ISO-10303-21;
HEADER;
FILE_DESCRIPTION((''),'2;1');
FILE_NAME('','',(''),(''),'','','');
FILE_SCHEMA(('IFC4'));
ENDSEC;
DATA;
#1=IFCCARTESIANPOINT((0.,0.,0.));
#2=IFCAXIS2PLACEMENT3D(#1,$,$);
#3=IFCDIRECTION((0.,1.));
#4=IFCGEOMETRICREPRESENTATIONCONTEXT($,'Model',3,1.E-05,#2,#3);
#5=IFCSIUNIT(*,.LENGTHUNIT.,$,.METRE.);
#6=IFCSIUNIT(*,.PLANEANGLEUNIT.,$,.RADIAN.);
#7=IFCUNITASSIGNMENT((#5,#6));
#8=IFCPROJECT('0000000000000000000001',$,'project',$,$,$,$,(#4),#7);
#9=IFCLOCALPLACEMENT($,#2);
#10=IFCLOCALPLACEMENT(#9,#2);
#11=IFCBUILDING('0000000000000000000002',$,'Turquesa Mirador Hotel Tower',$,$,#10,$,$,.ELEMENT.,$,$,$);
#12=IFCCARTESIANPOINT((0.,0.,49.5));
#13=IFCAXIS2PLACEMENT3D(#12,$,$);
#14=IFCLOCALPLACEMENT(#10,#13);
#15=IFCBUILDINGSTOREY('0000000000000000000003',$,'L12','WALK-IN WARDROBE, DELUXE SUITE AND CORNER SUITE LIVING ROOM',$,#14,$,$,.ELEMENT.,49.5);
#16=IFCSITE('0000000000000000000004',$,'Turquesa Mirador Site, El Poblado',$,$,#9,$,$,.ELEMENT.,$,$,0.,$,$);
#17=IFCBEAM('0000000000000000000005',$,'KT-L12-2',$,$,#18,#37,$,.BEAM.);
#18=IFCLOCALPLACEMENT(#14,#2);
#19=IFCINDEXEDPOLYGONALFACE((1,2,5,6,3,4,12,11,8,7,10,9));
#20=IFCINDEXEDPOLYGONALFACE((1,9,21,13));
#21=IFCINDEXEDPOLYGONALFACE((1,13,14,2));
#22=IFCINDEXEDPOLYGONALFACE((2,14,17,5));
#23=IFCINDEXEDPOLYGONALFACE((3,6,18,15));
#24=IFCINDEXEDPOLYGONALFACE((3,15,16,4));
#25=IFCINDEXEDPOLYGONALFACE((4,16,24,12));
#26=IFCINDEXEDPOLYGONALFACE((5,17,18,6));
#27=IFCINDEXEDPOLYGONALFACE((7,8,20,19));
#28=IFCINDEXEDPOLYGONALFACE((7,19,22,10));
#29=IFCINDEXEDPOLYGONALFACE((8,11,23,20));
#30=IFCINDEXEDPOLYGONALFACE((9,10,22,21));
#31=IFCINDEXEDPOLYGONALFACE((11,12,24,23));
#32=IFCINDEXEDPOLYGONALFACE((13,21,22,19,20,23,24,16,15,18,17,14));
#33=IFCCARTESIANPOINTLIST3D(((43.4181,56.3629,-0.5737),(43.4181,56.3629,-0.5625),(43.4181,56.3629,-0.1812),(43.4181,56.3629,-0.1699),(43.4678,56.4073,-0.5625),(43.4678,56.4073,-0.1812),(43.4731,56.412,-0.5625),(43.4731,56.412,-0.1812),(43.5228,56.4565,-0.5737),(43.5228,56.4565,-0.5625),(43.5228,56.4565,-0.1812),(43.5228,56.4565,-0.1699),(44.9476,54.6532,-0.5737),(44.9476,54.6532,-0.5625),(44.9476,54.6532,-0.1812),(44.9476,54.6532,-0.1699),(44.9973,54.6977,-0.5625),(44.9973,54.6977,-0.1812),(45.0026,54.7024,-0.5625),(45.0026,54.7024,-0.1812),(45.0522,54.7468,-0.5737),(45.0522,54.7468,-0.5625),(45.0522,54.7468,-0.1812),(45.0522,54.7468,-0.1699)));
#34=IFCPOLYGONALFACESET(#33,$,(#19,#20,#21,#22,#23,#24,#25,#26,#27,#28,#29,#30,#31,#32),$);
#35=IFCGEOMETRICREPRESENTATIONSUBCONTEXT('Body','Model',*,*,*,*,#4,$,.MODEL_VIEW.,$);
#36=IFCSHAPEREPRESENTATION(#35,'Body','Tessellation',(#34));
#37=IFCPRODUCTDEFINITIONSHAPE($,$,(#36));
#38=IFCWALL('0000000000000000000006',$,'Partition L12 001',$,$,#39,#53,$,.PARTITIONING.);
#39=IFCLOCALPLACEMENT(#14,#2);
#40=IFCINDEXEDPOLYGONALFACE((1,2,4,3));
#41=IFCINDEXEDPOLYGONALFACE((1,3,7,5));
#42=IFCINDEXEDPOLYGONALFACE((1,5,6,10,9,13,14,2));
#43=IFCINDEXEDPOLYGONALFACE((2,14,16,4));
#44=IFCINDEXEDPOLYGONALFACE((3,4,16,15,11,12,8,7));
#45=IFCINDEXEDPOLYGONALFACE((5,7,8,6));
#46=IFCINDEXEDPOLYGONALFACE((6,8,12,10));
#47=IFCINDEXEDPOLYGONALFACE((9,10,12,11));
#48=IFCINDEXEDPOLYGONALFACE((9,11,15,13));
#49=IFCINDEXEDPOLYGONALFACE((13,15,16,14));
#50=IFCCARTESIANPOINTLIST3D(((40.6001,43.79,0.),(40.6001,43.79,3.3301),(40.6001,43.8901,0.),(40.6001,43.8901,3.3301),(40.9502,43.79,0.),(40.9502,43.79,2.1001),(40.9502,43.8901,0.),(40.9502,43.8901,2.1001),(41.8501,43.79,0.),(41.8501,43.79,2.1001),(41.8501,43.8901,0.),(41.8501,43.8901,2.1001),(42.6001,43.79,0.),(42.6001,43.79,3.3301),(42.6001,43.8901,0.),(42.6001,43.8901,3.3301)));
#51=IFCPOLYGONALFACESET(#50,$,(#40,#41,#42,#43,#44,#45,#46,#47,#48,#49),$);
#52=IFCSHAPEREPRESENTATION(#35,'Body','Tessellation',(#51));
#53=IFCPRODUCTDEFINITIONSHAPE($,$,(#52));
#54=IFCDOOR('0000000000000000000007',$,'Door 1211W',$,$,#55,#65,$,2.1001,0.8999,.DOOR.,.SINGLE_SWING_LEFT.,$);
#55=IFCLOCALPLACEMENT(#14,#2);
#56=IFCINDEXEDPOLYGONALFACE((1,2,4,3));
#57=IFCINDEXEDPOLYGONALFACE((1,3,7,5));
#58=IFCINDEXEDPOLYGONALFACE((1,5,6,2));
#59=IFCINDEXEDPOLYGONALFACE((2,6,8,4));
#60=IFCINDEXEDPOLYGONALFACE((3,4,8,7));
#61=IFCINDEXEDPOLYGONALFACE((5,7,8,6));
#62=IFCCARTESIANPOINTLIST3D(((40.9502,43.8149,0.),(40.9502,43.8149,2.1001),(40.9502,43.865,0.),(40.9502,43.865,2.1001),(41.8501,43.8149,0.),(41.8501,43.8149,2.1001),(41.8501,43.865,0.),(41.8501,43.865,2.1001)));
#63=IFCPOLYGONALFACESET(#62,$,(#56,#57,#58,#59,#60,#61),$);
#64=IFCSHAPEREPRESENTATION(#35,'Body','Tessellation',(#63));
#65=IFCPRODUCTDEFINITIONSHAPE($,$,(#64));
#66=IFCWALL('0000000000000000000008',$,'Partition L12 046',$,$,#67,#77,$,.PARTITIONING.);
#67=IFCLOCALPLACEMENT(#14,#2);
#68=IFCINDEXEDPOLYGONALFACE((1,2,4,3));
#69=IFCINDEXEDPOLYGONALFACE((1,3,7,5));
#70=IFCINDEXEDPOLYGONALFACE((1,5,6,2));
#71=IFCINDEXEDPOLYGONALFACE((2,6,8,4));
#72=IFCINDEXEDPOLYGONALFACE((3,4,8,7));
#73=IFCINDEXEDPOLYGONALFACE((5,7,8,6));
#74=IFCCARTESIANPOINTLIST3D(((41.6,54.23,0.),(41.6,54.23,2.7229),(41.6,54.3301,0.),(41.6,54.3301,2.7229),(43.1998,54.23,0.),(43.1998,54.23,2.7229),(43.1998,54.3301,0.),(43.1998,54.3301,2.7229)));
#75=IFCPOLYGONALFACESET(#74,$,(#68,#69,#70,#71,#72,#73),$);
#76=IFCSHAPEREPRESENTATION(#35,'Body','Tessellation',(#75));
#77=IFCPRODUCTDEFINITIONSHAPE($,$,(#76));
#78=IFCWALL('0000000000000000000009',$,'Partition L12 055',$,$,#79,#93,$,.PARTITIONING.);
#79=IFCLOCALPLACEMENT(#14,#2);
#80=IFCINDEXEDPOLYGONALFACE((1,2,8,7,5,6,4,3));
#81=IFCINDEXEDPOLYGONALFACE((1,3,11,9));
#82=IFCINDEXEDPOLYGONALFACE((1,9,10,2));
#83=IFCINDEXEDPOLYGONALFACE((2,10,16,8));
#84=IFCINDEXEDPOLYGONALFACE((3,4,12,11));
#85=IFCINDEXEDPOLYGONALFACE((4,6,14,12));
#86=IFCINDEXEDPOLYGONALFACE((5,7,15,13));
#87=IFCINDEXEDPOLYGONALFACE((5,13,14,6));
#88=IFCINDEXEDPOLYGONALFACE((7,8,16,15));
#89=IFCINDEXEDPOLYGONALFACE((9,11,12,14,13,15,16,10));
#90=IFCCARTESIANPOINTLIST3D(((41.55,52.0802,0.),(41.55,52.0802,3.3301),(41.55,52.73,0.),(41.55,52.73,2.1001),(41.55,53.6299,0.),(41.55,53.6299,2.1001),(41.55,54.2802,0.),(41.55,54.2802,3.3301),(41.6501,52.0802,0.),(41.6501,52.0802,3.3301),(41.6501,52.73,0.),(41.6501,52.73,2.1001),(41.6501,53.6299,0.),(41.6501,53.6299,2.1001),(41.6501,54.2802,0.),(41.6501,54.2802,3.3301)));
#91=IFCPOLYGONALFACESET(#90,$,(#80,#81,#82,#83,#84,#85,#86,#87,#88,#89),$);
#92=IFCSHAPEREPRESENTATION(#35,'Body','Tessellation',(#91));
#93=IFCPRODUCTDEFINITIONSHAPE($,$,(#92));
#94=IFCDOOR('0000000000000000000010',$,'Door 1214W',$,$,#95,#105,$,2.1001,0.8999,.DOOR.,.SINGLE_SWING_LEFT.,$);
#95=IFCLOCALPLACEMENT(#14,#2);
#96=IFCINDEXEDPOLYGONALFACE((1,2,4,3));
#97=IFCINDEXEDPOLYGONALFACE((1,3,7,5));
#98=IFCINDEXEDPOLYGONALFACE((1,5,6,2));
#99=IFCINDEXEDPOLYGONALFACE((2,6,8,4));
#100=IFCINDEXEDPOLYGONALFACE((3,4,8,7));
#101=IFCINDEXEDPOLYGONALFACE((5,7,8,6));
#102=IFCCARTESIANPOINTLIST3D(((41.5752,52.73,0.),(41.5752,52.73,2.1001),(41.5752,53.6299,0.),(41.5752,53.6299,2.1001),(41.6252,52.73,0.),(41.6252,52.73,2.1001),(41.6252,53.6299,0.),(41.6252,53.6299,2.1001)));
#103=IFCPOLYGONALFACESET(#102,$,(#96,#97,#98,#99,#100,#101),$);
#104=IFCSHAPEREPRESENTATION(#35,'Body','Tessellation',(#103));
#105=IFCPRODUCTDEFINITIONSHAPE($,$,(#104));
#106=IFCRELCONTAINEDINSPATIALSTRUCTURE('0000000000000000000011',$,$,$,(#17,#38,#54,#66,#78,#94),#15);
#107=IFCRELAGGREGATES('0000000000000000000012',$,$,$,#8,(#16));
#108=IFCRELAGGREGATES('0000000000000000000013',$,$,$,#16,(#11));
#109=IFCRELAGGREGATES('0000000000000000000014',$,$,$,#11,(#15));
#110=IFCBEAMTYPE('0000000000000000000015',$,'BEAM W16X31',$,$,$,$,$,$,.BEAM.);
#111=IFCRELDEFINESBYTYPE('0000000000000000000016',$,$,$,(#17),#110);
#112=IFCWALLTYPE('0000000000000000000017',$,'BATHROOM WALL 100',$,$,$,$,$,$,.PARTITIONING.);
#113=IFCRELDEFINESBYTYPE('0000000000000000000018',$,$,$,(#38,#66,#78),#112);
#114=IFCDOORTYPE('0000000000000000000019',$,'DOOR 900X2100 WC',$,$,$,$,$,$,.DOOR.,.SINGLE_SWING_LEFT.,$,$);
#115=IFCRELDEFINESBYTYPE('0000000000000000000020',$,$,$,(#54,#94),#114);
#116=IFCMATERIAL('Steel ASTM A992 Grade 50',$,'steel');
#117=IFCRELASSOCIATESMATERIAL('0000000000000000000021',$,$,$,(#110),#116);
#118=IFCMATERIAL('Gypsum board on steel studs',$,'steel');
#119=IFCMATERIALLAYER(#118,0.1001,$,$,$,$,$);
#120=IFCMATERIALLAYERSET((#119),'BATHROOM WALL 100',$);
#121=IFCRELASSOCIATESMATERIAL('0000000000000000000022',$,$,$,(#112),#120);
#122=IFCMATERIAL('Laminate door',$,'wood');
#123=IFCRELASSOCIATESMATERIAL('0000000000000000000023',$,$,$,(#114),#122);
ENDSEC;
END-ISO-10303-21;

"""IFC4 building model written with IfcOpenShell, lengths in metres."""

from ifc_helpers import new_model, si_unit, direction, frame, frame_2d, origin, origin_2d, place, context, subcontext, project, spatial, rectangle, i_section, extrude, material, layer, layer_set, material_profile, profile_set, type_object, element, fill, save


model = new_model("IFC4")

# Units and contexts
model_context = context("Model", 3, precision=1e-05, world=origin(), true_north=direction((0.0, 1.0)))
body_context = subcontext(model_context, "Body", "Model", "MODEL_VIEW")
ifc_project = project(units=[si_unit("LENGTHUNIT", "METRE"), si_unit("PLANEANGLEUNIT", "RADIAN")], contexts=[model_context])

# Site, building, storey
site_placement = place(None, origin())
site = spatial("IfcSite", under=ifc_project, at=site_placement, Name="Turquesa Mirador Site, El Poblado", CompositionType="ELEMENT", RefElevation=0.0)
building_placement = place(site_placement, origin())
building = spatial("IfcBuilding", under=site, at=building_placement, Name="Turquesa Mirador Hotel Tower", CompositionType="ELEMENT")
storey_placement = place(building_placement, frame((0.0, 0.0, 49.5)))
storey = spatial("IfcBuildingStorey", under=building, at=storey_placement, Name="L12", Description="WALK-IN WARDROBE, DELUXE SUITE AND CORNER SUITE LIVING ROOM", CompositionType="ELEMENT", Elevation=49.5)

# Beam
ifc_material_1 = material(Name="Steel ASTM A992 Grade 50", Category="steel")
ifc_material_profile = material_profile(ifc_material_1, i_section(OverallWidth=0.1404, OverallDepth=0.4038, WebThickness=0.0071, FlangeThickness=0.0112, at=origin_2d()), Name="W16X31")
ifc_profile_set = profile_set([ifc_material_profile], Name="Steel ASTM A992 Grade 50")
beam_type = type_object("IfcBeamType", Name="BEAM W16X31", PredefinedType="BEAM", material=ifc_profile_set)
beam_placement = place(storey_placement, frame((43.4705, 56.4097, -0.3718), z_axis=(0.666745, -0.745286, 0.0), x_axis=(0.745286, 0.666745, 0.0)))
element("IfcBeam", 1, at=beam_placement, inside=storey, type_object=beam_type, Name="KT-L12-2", PredefinedType="BEAM", context=body_context, shape_type="SweptSolid", body=[
    extrude(i_section(OverallWidth=0.1404, OverallDepth=0.4038, WebThickness=0.0071, FlangeThickness=0.0112, at=origin_2d()), origin(), (0.0, 0.0, 1.0), 2.2939),
])

# Wall, opening, door
ifc_material_2 = material(Name="Gypsum board on steel studs", Category="steel")
ifc_layer_1 = layer(ifc_material_2, 0.1001)
ifc_layer_set_1 = layer_set([ifc_layer_1], Name="BATHROOM WALL 100")
wall_type_1 = type_object("IfcWallType", Name="BATHROOM WALL 100", PredefinedType="PARTITIONING", material=ifc_layer_set_1)
wall_1_placement = place(storey_placement, frame((40.6001, 43.8401, 0.0), z_axis=(0.0, 0.0, 1.0), x_axis=(1.0, 0.0, 0.0)))
wall_1 = element("IfcWall", 2, at=wall_1_placement, inside=storey, type_object=wall_type_1, Name="Partition L12 001", PredefinedType="PARTITIONING", context=body_context, shape_type="SweptSolid", body=[
    extrude(rectangle(XDim=2.0, YDim=0.1001, at=frame_2d((1.0, 0.0))), origin(), (0.0, 0.0, 1.0), 3.3301),
])
opening_1_placement = place(wall_1_placement, frame((0.3501, 0.0, 0.0)))
opening_1 = element("IfcOpeningElement", 3, at=opening_1_placement, cuts=wall_1, PredefinedType="OPENING", context=body_context, shape_type="SweptSolid", body=[
    extrude(rectangle(XDim=0.8999, YDim=2.1001, at=frame_2d((0.45, 1.05))), frame((0.0, 0.0601, 0.0), z_axis=(0.0, -1.0, 0.0), x_axis=(1.0, 0.0, 0.0)), (0.0, 0.0, 1.0), 0.1201),
])
ifc_material_3 = material(Name="Laminate door", Category="wood")
door_type_1 = type_object("IfcDoorType", Name="DOOR 900X2100 WC", OperationType="SINGLE_SWING_LEFT", PredefinedType="DOOR", material=ifc_material_3)
door_1_placement = place(opening_1_placement, origin())
door_1 = element("IfcDoor", 4, at=door_1_placement, inside=storey, type_object=door_type_1, Name="Door 1211W", OperationType="SINGLE_SWING_LEFT", OverallHeight=2.1001, OverallWidth=0.8999, PredefinedType="DOOR", context=body_context, shape_type="SweptSolid", body=[
    extrude(rectangle(XDim=0.8999, YDim=2.1001, at=frame_2d((0.45, 1.05))), frame((0.0, 0.0249, 0.0), z_axis=(0.0, -1.0, 0.0), x_axis=(1.0, 0.0, 0.0)), (0.0, 0.0, 1.0), 0.05),
])
fill(opening_1, door_1)

# Wall
wall_2_placement = place(storey_placement, frame((41.6001, 54.28, 0.0), z_axis=(0.0, 0.0, 1.0), x_axis=(1.0, 0.0, 0.0)))
element("IfcWall", 5, at=wall_2_placement, inside=storey, type_object=wall_type_1, Name="Partition L12 046", PredefinedType="PARTITIONING", context=body_context, shape_type="SweptSolid", body=[
    extrude(rectangle(XDim=1.5999, YDim=0.1001, at=frame_2d((0.7998, 0.0))), origin(), (0.0, 0.0, 1.0), 2.7229),
])

# Wall, opening, door
wall_3_placement = place(storey_placement, frame((41.6001, 52.0801, 0.0), z_axis=(0.0, 0.0, 1.0), x_axis=(0.0, 1.0, 0.0)))
wall_3 = element("IfcWall", 6, at=wall_3_placement, inside=storey, type_object=wall_type_1, Name="Partition L12 055", PredefinedType="PARTITIONING", context=body_context, shape_type="SweptSolid", body=[
    extrude(rectangle(XDim=2.2, YDim=0.1001, at=frame_2d((1.1001, 0.0))), origin(), (0.0, 0.0, 1.0), 3.3301),
])
opening_2_placement = place(wall_3_placement, frame((0.6499, 0.0, 0.0)))
opening_2 = element("IfcOpeningElement", 7, at=opening_2_placement, cuts=wall_3, PredefinedType="OPENING", context=body_context, shape_type="SweptSolid", body=[
    extrude(rectangle(XDim=0.8999, YDim=2.1001, at=frame_2d((0.45, 1.05))), frame((0.0, 0.0601, 0.0), z_axis=(0.0, -1.0, 0.0), x_axis=(1.0, 0.0, 0.0)), (0.0, 0.0, 1.0), 0.1201),
])
door_2_placement = place(opening_2_placement, origin())
door_2 = element("IfcDoor", 8, at=door_2_placement, inside=storey, type_object=door_type_1, Name="Door 1214W", OperationType="SINGLE_SWING_LEFT", OverallHeight=2.1001, OverallWidth=0.8999, PredefinedType="DOOR", context=body_context, shape_type="SweptSolid", body=[
    extrude(rectangle(XDim=0.8999, YDim=2.1001, at=frame_2d((0.45, 1.05))), frame((0.0, 0.0249, 0.0), z_axis=(0.0, -1.0, 0.0), x_axis=(1.0, 0.0, 0.0)), (0.0, 0.0, 1.0), 0.05),
])
fill(opening_2, door_2)

save(model, "model.ifc")
